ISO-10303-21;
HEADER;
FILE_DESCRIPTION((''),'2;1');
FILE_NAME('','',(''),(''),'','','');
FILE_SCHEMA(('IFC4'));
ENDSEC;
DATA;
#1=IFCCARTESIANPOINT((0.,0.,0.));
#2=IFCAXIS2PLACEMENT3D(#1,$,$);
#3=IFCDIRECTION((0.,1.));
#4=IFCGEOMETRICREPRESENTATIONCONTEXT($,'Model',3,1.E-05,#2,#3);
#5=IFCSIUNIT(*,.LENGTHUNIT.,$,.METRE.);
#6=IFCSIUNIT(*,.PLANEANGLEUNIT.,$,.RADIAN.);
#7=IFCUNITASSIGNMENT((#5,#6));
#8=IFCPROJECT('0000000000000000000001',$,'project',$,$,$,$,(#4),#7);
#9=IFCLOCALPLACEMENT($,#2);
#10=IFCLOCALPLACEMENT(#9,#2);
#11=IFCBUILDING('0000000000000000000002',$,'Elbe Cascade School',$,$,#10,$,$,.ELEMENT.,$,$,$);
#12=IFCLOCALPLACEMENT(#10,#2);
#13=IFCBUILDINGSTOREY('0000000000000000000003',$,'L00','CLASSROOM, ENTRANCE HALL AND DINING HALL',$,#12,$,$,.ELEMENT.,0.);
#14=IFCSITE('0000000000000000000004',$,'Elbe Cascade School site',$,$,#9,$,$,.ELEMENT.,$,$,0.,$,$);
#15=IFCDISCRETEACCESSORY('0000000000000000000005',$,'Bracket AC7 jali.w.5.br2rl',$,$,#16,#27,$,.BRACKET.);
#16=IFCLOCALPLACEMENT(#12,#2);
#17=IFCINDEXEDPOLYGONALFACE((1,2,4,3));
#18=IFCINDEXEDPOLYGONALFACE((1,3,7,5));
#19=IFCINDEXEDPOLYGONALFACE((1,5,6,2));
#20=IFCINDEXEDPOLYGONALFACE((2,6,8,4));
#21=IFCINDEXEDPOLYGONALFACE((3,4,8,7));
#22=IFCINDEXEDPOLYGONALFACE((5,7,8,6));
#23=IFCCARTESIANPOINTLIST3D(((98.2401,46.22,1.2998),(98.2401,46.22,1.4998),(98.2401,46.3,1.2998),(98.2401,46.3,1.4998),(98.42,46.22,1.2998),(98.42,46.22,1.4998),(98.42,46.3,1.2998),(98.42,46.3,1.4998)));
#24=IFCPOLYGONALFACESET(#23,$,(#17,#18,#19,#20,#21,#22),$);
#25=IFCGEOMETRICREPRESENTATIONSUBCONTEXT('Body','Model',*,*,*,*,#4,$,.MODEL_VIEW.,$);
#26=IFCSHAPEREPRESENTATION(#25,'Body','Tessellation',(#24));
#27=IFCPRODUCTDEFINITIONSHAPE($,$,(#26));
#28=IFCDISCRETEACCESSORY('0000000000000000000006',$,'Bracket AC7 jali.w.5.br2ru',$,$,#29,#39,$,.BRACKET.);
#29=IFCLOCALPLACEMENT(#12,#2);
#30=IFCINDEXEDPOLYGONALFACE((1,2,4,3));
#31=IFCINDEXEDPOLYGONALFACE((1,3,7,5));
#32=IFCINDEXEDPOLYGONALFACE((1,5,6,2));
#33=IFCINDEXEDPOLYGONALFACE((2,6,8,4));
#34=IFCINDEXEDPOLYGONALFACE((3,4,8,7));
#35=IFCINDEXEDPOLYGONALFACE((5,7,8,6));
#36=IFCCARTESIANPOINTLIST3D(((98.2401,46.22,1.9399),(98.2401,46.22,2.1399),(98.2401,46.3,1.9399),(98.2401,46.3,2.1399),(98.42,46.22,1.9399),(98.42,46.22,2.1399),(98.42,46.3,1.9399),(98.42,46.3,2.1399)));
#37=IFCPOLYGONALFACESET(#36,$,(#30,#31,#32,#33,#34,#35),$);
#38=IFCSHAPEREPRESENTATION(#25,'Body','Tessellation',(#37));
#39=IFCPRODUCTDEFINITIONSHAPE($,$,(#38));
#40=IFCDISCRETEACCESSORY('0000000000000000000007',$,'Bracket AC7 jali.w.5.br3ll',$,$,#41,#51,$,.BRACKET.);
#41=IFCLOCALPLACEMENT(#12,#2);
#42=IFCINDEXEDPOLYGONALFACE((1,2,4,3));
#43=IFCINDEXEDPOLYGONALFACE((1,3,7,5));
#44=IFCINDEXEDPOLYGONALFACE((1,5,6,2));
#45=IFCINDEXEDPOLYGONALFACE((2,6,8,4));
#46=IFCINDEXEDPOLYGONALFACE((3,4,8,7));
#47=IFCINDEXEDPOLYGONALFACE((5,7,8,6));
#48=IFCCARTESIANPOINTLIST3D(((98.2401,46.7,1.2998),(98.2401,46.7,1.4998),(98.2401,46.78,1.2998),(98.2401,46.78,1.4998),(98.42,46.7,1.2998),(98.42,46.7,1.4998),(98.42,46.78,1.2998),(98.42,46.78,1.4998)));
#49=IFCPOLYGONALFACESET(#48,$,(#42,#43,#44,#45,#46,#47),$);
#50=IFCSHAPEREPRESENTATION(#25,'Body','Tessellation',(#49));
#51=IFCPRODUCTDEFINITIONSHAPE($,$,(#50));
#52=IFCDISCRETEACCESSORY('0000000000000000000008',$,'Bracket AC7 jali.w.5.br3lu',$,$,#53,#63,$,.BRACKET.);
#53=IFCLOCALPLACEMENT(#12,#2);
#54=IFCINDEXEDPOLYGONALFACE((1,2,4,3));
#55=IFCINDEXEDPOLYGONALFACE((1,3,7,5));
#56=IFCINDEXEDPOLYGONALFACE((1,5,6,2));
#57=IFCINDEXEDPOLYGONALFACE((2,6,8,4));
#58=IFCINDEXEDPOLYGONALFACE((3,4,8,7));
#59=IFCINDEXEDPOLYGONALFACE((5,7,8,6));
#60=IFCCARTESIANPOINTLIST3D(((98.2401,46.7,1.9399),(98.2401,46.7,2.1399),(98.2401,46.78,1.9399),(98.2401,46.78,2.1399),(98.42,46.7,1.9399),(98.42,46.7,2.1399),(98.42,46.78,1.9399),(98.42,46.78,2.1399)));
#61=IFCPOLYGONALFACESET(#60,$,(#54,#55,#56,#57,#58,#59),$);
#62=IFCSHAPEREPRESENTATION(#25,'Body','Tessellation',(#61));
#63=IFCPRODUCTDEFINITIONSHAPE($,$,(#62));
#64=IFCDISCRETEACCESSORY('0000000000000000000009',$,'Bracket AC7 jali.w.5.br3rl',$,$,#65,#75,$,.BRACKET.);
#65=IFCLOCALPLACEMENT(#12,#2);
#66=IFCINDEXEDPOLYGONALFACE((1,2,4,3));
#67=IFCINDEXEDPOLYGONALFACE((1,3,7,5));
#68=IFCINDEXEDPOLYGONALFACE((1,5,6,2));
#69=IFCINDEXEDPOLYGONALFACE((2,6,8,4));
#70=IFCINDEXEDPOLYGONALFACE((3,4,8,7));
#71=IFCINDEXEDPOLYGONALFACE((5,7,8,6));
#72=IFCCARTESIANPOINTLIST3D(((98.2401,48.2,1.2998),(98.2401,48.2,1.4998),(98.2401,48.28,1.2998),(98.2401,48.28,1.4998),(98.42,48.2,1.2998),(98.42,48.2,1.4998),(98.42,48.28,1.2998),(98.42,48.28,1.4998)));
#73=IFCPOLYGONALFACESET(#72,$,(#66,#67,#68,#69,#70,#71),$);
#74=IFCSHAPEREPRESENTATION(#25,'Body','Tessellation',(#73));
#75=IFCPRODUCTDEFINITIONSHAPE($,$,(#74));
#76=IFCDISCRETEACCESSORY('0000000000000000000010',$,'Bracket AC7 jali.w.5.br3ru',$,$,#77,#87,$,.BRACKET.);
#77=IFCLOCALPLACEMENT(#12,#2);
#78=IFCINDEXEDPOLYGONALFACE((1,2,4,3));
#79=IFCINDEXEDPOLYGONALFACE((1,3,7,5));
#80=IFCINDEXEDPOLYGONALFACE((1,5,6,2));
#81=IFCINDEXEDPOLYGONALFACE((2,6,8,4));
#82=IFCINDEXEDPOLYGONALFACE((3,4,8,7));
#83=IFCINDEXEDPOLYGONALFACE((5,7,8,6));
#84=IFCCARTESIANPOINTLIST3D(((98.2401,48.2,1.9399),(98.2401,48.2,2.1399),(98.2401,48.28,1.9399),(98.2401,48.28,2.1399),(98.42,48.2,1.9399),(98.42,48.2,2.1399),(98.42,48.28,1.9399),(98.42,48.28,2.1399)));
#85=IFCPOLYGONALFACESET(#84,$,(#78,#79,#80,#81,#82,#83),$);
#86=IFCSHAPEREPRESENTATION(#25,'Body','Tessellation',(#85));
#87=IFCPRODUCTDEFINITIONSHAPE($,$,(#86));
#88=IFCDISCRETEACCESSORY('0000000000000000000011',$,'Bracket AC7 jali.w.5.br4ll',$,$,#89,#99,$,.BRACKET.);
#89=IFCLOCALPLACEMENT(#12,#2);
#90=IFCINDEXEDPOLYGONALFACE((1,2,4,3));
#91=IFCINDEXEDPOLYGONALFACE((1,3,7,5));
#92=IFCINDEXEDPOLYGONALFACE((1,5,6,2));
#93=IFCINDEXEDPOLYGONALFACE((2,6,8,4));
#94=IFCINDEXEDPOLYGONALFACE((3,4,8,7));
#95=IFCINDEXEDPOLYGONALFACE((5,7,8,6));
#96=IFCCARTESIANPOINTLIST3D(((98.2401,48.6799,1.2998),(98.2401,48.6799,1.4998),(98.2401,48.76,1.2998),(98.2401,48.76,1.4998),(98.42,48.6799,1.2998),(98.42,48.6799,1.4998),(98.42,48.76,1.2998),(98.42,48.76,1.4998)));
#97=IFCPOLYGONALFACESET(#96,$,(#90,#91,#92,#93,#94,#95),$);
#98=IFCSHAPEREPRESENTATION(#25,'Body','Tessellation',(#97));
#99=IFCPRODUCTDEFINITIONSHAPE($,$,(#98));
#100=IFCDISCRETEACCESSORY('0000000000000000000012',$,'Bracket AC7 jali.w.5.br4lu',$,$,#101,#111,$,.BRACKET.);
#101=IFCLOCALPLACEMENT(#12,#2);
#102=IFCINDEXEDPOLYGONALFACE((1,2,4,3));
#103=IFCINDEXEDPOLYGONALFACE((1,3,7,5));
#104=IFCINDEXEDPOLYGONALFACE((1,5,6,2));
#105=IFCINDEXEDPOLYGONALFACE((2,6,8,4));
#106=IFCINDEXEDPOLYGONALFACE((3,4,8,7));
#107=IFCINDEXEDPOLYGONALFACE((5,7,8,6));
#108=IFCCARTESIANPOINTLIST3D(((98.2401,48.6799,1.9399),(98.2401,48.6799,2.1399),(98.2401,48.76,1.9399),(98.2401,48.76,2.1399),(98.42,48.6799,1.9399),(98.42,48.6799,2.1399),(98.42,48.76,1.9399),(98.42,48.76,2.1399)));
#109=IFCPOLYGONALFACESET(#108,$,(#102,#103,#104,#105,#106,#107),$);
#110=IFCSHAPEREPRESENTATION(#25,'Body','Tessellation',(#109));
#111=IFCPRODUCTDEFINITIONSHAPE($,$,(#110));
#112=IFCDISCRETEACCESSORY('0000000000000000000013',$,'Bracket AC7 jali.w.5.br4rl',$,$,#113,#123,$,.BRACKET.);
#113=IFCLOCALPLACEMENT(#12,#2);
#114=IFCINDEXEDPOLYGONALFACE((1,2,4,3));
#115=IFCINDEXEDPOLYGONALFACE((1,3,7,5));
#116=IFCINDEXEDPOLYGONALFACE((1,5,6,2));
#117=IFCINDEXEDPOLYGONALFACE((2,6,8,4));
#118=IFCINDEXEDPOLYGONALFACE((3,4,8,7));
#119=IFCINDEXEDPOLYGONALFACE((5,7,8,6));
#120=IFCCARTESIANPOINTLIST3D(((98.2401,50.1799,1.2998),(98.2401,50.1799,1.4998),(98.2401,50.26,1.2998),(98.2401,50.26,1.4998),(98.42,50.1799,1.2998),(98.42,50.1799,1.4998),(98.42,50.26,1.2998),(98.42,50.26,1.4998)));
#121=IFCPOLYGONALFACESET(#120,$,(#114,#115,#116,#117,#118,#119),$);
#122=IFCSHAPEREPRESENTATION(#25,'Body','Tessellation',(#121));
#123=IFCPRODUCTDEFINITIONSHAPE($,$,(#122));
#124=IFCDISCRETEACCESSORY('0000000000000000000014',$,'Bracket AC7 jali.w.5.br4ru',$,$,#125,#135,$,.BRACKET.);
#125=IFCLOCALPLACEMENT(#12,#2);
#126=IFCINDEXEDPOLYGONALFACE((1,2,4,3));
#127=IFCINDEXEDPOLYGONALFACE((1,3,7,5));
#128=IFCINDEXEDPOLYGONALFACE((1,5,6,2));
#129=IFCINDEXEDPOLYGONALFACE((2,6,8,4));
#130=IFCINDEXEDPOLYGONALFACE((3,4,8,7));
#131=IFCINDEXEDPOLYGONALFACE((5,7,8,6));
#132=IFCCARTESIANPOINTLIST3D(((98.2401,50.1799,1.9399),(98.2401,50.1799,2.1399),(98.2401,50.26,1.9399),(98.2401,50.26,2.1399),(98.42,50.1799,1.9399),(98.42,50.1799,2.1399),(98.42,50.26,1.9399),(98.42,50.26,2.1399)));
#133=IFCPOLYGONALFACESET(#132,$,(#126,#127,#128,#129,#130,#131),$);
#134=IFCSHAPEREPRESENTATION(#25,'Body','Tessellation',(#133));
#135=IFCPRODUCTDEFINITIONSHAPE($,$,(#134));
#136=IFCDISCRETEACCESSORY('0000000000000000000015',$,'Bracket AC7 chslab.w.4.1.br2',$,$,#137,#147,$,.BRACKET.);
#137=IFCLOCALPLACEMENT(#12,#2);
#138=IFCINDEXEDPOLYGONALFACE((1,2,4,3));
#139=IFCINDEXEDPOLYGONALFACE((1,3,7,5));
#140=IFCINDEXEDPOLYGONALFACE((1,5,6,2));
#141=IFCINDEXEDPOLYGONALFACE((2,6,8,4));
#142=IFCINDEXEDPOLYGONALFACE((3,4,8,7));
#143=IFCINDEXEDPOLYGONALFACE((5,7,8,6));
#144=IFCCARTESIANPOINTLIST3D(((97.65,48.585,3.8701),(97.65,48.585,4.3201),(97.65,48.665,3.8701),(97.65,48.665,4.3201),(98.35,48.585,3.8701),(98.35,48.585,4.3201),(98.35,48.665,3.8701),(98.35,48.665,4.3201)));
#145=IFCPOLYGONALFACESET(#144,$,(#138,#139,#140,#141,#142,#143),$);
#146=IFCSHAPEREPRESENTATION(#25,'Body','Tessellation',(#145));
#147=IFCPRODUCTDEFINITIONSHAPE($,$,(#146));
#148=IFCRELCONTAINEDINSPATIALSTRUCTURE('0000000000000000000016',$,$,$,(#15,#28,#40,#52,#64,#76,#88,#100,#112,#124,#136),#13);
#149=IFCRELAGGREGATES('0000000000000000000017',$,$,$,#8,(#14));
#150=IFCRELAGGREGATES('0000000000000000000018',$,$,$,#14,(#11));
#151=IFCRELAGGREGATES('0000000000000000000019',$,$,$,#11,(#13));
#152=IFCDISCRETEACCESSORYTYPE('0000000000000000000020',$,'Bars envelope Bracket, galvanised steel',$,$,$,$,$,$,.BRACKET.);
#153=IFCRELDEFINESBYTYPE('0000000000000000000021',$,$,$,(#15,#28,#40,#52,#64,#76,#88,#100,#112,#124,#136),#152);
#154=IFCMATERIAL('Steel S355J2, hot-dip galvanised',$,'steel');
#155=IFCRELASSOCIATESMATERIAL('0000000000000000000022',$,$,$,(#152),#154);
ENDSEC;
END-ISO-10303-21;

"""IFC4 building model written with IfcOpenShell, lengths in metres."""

from ifc_helpers import new_model, si_unit, direction, frame, origin, origin_2d, place, context, subcontext, project, spatial, rectangle, extrude, material, type_object, element, save


model = new_model("IFC4")

# Units and contexts
model_context = context("Model", 3, precision=1e-05, world=origin(), true_north=direction((0.0, 1.0)))
body_context = subcontext(model_context, "Body", "Model", "MODEL_VIEW")
ifc_project = project(units=[si_unit("LENGTHUNIT", "METRE"), si_unit("PLANEANGLEUNIT", "RADIAN")], contexts=[model_context])

# Site, building, storey
site_placement = place(None, origin())
site = spatial("IfcSite", under=ifc_project, at=site_placement, Name="Elbe Cascade School site", CompositionType="ELEMENT", RefElevation=0.0)
building_placement = place(site_placement, origin())
building = spatial("IfcBuilding", under=site, at=building_placement, Name="Elbe Cascade School", CompositionType="ELEMENT")
storey_placement = place(building_placement, origin())
storey = spatial("IfcBuildingStorey", under=building, at=storey_placement, Name="L00", Description="CLASSROOM, ENTRANCE HALL AND DINING HALL", CompositionType="ELEMENT", Elevation=0.0)

# Discrete accessories
ifc_material_1 = material(Name="Steel S355J2, hot-dip galvanised", Category="steel")
discrete_accessory_type = type_object("IfcDiscreteAccessoryType", Name="Bars envelope Bracket, galvanised steel", PredefinedType="BRACKET", material=ifc_material_1)
for number, where, z_axis, x_axis, name in (
    (1, (98.3301, 46.26, 1.2998), (0.0, 0.0, 1.0), (0.0, 1.0, 0.0), "Bracket AC7 jali.w.5.br2rl"),
    (2, (98.3301, 46.26, 1.9399), (0.0, 0.0, 1.0), (0.0, 1.0, 0.0), "Bracket AC7 jali.w.5.br2ru"),
    (3, (98.3301, 46.74, 1.2998), (0.0, 0.0, 1.0), (0.0, 1.0, 0.0), "Bracket AC7 jali.w.5.br3ll"),
    (4, (98.3301, 46.74, 1.9399), (0.0, 0.0, 1.0), (0.0, 1.0, 0.0), "Bracket AC7 jali.w.5.br3lu"),
    (5, (98.3301, 48.24, 1.2998), (0.0, 0.0, 1.0), (0.0, 1.0, 0.0), "Bracket AC7 jali.w.5.br3rl"),
    (6, (98.3301, 48.24, 1.9399), (0.0, 0.0, 1.0), (0.0, 1.0, 0.0), "Bracket AC7 jali.w.5.br3ru"),
    (7, (98.3301, 48.72, 1.2998), (0.0, 0.0, 1.0), (0.0, 1.0, 0.0), "Bracket AC7 jali.w.5.br4ll"),
    (8, (98.3301, 48.72, 1.9399), (0.0, 0.0, 1.0), (0.0, 1.0, 0.0), "Bracket AC7 jali.w.5.br4lu"),
    (9, (98.3301, 50.22, 1.2998), (0.0, 0.0, 1.0), (0.0, 1.0, 0.0), "Bracket AC7 jali.w.5.br4rl"),
    (10, (98.3301, 50.22, 1.9399), (0.0, 0.0, 1.0), (0.0, 1.0, 0.0), "Bracket AC7 jali.w.5.br4ru"),
):
    element("IfcDiscreteAccessory", number, at=place(storey_placement, frame(where, z_axis=z_axis, x_axis=x_axis)), inside=storey, type_object=discrete_accessory_type, Name=name, PredefinedType="BRACKET", context=body_context, shape_type="SweptSolid", body=[
        extrude(rectangle(XDim=0.0801, YDim=0.1799, at=origin_2d()), origin(), (0.0, 0.0, 1.0), 0.2),
    ])
discrete_accessory_1_placement = place(storey_placement, frame((98.0, 48.625, 3.8701), z_axis=(0.0, 0.0, 1.0), x_axis=(0.0, 1.0, 0.0)))
element("IfcDiscreteAccessory", 11, at=discrete_accessory_1_placement, inside=storey, type_object=discrete_accessory_type, Name="Bracket AC7 chslab.w.4.1.br2", PredefinedType="BRACKET", context=body_context, shape_type="SweptSolid", body=[
    extrude(rectangle(XDim=0.0801, YDim=0.7, at=origin_2d()), origin(), (0.0, 0.0, 1.0), 0.45),
])

save(model, "model.ifc")
